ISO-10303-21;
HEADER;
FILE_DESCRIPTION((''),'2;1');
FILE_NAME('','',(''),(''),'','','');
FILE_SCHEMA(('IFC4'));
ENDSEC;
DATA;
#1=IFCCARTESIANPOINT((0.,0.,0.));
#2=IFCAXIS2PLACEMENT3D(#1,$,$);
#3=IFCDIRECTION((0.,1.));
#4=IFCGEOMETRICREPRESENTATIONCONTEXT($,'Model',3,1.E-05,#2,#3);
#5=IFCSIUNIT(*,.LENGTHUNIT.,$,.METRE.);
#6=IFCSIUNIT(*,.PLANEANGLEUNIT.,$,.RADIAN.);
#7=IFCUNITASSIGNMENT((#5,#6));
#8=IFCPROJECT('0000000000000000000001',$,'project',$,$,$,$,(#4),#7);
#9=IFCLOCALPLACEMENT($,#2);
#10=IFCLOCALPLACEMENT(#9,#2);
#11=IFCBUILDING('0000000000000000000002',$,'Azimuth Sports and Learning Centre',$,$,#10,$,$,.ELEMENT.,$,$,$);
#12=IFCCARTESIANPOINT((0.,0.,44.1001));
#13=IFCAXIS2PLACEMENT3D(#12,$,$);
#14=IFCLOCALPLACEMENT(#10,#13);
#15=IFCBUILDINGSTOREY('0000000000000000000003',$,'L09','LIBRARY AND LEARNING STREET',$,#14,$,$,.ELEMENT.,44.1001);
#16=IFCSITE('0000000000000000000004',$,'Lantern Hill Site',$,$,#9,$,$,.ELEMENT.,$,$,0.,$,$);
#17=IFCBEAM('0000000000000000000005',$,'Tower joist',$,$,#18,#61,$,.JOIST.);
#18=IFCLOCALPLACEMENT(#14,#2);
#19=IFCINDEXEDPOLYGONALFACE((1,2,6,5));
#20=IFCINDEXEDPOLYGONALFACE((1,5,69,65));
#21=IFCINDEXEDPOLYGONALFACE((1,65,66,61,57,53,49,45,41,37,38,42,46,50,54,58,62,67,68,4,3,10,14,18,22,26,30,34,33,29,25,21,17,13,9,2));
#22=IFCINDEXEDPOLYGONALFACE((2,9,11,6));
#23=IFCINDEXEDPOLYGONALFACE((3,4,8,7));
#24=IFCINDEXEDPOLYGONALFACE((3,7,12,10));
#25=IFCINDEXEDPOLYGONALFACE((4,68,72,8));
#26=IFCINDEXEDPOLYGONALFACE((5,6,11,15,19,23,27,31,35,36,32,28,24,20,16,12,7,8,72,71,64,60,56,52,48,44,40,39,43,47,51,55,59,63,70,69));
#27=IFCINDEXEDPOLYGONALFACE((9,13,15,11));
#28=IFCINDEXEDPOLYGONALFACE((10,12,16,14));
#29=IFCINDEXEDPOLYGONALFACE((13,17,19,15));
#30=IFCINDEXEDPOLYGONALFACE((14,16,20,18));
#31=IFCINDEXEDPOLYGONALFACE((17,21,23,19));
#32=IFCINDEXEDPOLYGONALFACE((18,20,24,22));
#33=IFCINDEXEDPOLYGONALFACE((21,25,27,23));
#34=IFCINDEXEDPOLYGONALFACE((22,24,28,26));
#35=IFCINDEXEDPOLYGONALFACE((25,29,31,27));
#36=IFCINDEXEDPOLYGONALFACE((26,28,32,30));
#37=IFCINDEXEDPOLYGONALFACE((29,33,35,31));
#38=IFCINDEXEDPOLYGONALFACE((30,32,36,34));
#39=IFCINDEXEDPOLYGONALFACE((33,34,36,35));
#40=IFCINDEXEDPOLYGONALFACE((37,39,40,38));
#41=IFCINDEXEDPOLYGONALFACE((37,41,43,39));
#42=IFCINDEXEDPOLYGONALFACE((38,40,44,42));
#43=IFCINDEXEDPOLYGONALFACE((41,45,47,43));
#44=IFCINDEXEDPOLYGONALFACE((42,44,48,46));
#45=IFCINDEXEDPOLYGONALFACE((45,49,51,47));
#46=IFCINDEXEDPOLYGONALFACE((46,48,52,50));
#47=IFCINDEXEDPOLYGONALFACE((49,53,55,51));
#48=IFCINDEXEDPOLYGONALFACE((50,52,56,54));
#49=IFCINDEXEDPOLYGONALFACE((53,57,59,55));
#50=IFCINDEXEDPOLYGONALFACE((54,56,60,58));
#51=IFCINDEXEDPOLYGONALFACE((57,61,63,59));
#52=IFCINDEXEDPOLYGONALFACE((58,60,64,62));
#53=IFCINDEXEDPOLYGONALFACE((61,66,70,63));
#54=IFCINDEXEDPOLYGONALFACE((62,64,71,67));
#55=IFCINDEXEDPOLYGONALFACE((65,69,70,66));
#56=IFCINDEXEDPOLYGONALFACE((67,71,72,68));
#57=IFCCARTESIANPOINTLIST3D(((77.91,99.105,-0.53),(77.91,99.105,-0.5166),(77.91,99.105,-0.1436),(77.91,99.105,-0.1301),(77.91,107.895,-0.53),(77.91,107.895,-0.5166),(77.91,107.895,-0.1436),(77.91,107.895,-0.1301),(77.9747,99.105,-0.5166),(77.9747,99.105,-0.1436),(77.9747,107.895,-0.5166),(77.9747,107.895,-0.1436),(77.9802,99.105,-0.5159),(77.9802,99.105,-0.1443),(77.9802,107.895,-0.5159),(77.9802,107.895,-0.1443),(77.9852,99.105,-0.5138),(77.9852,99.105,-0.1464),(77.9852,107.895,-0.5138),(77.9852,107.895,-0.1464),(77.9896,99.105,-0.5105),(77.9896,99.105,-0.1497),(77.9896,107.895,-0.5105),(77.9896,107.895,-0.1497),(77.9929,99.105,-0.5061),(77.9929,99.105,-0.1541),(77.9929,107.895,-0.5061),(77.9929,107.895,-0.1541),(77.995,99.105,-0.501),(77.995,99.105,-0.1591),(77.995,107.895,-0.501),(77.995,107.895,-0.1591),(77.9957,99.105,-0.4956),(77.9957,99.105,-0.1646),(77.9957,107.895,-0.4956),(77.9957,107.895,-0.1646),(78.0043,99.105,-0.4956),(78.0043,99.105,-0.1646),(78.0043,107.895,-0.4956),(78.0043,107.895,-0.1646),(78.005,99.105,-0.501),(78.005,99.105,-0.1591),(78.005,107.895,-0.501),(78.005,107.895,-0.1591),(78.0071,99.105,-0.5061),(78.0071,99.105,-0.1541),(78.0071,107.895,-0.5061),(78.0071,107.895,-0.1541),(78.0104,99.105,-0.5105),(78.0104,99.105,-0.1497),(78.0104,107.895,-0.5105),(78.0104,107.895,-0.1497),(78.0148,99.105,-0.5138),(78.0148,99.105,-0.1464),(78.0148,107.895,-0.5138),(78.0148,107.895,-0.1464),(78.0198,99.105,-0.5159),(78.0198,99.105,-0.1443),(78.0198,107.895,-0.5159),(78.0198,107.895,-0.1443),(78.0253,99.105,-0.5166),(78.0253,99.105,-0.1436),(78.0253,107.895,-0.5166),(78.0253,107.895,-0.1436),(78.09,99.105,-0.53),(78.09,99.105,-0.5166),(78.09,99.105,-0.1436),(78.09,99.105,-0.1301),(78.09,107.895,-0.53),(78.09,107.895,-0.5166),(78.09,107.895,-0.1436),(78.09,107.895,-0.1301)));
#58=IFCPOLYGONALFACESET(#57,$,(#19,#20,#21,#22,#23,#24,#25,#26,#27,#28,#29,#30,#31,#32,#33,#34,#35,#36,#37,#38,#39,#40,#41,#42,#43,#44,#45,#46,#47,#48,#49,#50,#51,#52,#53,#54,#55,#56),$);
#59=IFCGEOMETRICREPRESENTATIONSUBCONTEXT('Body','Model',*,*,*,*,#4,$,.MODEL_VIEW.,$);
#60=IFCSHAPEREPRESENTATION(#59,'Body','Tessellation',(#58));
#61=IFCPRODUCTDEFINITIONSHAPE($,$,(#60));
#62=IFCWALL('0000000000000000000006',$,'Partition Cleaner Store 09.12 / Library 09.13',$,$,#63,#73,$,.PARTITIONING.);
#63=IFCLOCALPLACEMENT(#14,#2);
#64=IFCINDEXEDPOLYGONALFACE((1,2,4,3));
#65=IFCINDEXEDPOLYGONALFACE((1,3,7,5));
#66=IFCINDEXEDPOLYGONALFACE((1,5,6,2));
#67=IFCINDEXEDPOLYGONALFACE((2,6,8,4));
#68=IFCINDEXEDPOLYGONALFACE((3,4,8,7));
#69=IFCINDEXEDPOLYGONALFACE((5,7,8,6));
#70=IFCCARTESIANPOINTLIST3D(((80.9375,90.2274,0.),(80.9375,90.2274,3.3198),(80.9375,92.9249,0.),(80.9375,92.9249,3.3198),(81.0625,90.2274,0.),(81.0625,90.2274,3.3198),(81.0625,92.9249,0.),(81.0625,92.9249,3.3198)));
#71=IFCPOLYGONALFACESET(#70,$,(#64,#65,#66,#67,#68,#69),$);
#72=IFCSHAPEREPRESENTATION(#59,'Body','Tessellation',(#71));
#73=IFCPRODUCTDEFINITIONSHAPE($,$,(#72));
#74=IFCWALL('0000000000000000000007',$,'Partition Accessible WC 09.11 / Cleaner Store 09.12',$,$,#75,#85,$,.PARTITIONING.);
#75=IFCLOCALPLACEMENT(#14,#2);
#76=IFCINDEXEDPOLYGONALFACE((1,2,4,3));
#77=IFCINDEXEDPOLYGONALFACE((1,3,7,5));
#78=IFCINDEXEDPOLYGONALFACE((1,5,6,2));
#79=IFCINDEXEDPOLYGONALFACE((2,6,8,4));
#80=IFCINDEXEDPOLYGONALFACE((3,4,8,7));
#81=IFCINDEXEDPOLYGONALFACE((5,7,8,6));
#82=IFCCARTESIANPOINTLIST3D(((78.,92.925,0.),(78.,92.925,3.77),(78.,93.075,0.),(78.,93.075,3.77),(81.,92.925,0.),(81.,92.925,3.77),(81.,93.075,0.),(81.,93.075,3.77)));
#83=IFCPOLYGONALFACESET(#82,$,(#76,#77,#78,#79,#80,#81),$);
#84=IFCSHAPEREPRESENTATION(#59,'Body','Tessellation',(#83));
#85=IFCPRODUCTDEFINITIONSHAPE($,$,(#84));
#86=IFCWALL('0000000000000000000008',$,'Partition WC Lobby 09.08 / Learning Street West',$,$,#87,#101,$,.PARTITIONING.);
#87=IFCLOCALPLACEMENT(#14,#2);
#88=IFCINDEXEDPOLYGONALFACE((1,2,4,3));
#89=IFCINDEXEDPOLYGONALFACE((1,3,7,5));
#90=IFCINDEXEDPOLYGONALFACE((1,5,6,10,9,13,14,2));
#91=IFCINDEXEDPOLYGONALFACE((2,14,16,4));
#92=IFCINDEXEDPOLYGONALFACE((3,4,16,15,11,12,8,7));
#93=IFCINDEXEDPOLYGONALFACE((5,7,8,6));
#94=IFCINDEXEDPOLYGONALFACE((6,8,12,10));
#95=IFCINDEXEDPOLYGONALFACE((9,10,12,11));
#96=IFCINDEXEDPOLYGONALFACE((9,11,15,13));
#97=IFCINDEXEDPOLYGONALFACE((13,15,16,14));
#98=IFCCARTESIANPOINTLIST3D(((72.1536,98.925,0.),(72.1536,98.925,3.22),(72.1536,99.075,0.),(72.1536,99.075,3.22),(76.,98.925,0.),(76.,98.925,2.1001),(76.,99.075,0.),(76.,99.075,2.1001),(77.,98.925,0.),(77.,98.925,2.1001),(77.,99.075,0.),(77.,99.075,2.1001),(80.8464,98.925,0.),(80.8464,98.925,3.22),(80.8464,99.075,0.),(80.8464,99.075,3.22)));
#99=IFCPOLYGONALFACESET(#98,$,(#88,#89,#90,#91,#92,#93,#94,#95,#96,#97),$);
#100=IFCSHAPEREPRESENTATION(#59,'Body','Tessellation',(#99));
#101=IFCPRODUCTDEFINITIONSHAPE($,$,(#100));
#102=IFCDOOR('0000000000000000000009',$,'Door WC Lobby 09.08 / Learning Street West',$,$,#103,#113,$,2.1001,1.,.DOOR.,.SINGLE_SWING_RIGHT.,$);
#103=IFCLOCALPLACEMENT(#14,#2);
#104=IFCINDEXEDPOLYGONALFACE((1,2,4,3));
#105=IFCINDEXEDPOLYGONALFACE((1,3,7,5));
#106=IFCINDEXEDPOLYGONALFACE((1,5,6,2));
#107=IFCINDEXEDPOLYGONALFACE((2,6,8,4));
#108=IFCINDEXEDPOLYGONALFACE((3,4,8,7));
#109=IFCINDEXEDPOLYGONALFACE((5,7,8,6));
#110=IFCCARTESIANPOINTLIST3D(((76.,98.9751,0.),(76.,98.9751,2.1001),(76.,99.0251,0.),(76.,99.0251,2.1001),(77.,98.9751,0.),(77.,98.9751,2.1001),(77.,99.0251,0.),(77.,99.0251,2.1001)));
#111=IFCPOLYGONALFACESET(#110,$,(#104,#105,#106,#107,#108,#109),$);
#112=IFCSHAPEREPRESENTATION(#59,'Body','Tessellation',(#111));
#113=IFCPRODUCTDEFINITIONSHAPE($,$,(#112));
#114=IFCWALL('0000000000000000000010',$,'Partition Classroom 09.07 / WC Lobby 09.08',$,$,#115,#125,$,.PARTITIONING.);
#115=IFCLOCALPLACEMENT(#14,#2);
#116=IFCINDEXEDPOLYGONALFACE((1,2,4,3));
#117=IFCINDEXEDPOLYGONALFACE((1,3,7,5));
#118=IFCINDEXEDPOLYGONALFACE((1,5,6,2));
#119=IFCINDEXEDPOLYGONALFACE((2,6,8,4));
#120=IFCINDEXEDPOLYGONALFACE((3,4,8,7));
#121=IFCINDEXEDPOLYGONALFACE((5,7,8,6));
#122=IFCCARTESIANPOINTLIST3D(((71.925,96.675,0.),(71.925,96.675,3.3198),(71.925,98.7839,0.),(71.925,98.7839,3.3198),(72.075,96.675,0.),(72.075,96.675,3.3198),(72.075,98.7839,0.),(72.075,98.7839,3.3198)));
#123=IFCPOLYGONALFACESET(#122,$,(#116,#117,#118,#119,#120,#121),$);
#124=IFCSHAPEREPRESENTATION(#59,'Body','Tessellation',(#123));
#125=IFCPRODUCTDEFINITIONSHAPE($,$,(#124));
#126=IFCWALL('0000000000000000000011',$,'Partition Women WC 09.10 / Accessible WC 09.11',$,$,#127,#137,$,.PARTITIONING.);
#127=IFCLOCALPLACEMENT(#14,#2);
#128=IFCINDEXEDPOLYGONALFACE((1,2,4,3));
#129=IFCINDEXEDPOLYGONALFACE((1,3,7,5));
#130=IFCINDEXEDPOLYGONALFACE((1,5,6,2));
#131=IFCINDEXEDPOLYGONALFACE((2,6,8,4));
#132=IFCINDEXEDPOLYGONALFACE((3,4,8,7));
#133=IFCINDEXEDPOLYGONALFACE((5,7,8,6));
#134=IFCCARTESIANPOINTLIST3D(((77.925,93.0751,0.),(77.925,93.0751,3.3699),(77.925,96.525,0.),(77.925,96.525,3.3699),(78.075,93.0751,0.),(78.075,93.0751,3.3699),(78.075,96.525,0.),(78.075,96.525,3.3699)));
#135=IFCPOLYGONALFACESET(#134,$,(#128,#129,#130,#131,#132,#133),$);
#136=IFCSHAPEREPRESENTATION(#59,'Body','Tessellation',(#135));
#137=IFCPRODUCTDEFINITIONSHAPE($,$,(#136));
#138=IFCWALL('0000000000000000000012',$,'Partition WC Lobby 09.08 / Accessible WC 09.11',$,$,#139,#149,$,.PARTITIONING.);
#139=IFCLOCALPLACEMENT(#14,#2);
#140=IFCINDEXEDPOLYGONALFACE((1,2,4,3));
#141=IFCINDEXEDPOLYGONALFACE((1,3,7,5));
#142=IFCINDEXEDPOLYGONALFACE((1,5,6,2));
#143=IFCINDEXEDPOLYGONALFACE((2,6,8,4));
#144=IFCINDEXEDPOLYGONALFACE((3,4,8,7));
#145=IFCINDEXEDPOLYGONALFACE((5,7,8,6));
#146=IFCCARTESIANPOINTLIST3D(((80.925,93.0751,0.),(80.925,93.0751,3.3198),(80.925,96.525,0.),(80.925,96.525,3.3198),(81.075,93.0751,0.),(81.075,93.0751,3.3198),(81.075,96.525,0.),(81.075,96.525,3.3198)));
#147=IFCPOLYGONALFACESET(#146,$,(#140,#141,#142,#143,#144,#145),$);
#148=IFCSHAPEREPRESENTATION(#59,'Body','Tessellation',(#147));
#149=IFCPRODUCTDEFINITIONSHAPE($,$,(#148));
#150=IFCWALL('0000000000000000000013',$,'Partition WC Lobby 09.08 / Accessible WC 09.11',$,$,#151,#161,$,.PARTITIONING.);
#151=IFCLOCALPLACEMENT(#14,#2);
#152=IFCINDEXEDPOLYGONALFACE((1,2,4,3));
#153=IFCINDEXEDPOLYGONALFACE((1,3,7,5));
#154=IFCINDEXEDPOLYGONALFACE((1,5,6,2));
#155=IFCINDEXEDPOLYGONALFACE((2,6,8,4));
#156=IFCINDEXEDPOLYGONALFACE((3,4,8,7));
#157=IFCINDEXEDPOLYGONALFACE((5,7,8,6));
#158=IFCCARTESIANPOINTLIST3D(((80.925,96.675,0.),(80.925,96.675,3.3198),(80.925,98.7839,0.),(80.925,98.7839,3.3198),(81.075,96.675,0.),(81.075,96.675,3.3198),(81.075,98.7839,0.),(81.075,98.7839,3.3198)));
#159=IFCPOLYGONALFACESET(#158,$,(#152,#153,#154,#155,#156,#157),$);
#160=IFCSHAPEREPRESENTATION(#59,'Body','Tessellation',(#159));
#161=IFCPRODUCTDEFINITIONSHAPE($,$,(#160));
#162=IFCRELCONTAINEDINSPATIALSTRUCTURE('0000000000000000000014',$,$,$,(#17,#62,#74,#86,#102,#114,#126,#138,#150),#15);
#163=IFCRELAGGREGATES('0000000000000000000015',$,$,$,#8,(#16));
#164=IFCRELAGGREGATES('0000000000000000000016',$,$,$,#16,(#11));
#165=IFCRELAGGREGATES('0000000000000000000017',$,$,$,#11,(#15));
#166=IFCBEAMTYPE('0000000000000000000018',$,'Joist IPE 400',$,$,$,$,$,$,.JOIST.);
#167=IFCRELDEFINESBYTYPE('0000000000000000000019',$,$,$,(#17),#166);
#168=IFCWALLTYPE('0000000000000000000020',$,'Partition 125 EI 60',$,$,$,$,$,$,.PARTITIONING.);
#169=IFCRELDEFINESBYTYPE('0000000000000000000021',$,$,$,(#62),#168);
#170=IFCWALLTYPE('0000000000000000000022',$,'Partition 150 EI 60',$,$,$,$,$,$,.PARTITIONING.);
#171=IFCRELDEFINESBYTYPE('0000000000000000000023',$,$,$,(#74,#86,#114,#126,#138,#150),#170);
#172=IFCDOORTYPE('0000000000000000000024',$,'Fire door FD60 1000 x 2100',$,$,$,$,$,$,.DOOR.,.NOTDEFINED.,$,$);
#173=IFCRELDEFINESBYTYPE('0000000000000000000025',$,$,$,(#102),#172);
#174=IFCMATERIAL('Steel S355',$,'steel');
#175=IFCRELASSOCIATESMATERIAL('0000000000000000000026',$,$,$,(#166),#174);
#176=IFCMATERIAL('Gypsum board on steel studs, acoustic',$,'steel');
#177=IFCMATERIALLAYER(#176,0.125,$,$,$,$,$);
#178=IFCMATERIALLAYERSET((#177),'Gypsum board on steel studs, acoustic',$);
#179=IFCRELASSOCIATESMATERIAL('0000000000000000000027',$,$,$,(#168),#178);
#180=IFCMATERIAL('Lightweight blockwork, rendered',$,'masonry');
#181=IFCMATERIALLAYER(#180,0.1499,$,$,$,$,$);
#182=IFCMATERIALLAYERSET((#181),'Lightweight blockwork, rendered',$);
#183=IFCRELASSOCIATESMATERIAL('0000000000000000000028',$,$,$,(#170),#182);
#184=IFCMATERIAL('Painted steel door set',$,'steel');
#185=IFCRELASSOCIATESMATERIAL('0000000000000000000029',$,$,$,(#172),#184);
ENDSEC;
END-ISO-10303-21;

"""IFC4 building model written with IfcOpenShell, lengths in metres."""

from ifc_helpers import new_model, si_unit, direction, frame, frame_2d, origin, origin_2d, place, context, subcontext, project, spatial, rectangle, i_section, extrude, material, layer, layer_set, material_profile, profile_set, type_object, element, fill, save


model = new_model("IFC4")

# Units and contexts
model_context = context("Model", 3, precision=1e-05, world=origin(), true_north=direction((0.0, 1.0)))
body_context = subcontext(model_context, "Body", "Model", "MODEL_VIEW")
ifc_project = project(units=[si_unit("LENGTHUNIT", "METRE"), si_unit("PLANEANGLEUNIT", "RADIAN")], contexts=[model_context])

# Site, building, storey
site_placement = place(None, origin())
site = spatial("IfcSite", under=ifc_project, at=site_placement, Name="Lantern Hill Site", CompositionType="ELEMENT", RefElevation=0.0)
building_placement = place(site_placement, origin())
building = spatial("IfcBuilding", under=site, at=building_placement, Name="Azimuth Sports and Learning Centre", CompositionType="ELEMENT")
storey_placement = place(building_placement, frame((0.0, 0.0, 44.1001)))
storey = spatial("IfcBuildingStorey", under=building, at=storey_placement, Name="L09", Description="LIBRARY AND LEARNING STREET", CompositionType="ELEMENT", Elevation=44.1001)

# Beam
ifc_material_1 = material(Name="Steel S355", Category="steel")
ifc_material_profile_1 = material_profile(ifc_material_1, i_section(OverallWidth=0.1799, OverallDepth=0.3999, WebThickness=0.0085, FlangeThickness=0.0134, FilletRadius=0.021, at=origin_2d()), Name="IPE 400")
ifc_profile_set_1 = profile_set([ifc_material_profile_1], Name="Steel S355")
beam_type_1 = type_object("IfcBeamType", Name="Joist IPE 400", PredefinedType="JOIST", material=ifc_profile_set_1)
for number, where, z_axis, x_axis, name in (
    (1, (78.0, 99.105, -0.3301), (0.0, 1.0, 0.0), (-1.0, 0.0, 0.0), "Tower joist"),
):
    element("IfcBeam", number, at=place(storey_placement, frame(where, z_axis=z_axis, x_axis=x_axis)), inside=storey, type_object=beam_type_1, Name=name, PredefinedType="JOIST", context=body_context, shape_type="SweptSolid", body=[
        extrude(i_section(OverallWidth=0.1799, OverallDepth=0.3999, WebThickness=0.0085, FlangeThickness=0.0134, FilletRadius=0.021, at=origin_2d()), origin(), (0.0, 0.0, 1.0), 8.79),
    ])

# Walls
ifc_material_2 = material(Name="Gypsum board on steel studs, acoustic", Category="steel")
ifc_layer_1 = layer(ifc_material_2, 0.125)
ifc_layer_set_1 = layer_set([ifc_layer_1], Name="Gypsum board on steel studs, acoustic")
wall_type_1 = type_object("IfcWallType", Name="Partition 125 EI 60", PredefinedType="PARTITIONING", material=ifc_layer_set_1)
wall_1_placement = place(storey_placement, frame((81.0, 90.2275, 0.0), z_axis=(0.0, 0.0, 1.0), x_axis=(0.0, 1.0, 0.0)))
element("IfcWall", 2, at=wall_1_placement, inside=storey, type_object=wall_type_1, Name="Partition Cleaner Store 09.12 / Library 09.13", PredefinedType="PARTITIONING", context=body_context, shape_type="SweptSolid", body=[
    extrude(rectangle(XDim=2.6975, YDim=0.125, at=frame_2d((1.3486, 0.0))), origin(), (0.0, 0.0, 1.0), 3.3198),
])
ifc_material_3 = material(Name="Lightweight blockwork, rendered", Category="masonry")
ifc_layer_2 = layer(ifc_material_3, 0.1499)
ifc_layer_set_2 = layer_set([ifc_layer_2], Name="Lightweight blockwork, rendered")
wall_type_2 = type_object("IfcWallType", Name="Partition 150 EI 60", PredefinedType="PARTITIONING", material=ifc_layer_set_2)
wall_2_placement = place(storey_placement, frame((78.0, 93.0, 0.0), z_axis=(0.0, 0.0, 1.0), x_axis=(1.0, 0.0, 0.0)))
element("IfcWall", 3, at=wall_2_placement, inside=storey, type_object=wall_type_2, Name="Partition Accessible WC 09.11 / Cleaner Store 09.12", PredefinedType="PARTITIONING", context=body_context, shape_type="SweptSolid", body=[
    extrude(rectangle(XDim=3.0, YDim=0.1499, at=frame_2d((1.5, 0.0))), origin(), (0.0, 0.0, 1.0), 3.77),
])

# Wall, opening, door
wall_3_placement = place(storey_placement, frame((72.1536, 99.0, 0.0), z_axis=(0.0, 0.0, 1.0), x_axis=(1.0, 0.0, 0.0)))
wall_3 = element("IfcWall", 4, at=wall_3_placement, inside=storey, type_object=wall_type_2, Name="Partition WC Lobby 09.08 / Learning Street West", PredefinedType="PARTITIONING", context=body_context, shape_type="SweptSolid", body=[
    extrude(rectangle(XDim=8.6929, YDim=0.1499, at=frame_2d((4.3464, 0.0))), origin(), (0.0, 0.0, 1.0), 3.22),
])
opening_placement = place(wall_3_placement, frame((3.8464, 0.0, 0.0)))
opening = element("IfcOpeningElement", 5, at=opening_placement, cuts=wall_3, PredefinedType="OPENING", context=body_context, shape_type="SweptSolid", body=[
    extrude(rectangle(XDim=1.0, YDim=2.1001, at=frame_2d((0.5, 1.05))), frame((0.0, 0.0859, 0.0), z_axis=(0.0, -1.0, 0.0), x_axis=(1.0, 0.0, 0.0)), (0.0, 0.0, 1.0), 0.1719),
])
ifc_material_4 = material(Name="Painted steel door set", Category="steel")
door_type = type_object("IfcDoorType", Name="Fire door FD60 1000 x 2100", OperationType="NOTDEFINED", PredefinedType="DOOR", material=ifc_material_4)
door_placement = place(opening_placement, frame((1.0, 0.0, 0.0), z_axis=(0.0, 0.0, 1.0), x_axis=(-1.0, 0.0, 0.0)))
door = element("IfcDoor", 6, at=door_placement, inside=storey, type_object=door_type, Name="Door WC Lobby 09.08 / Learning Street West", OperationType="SINGLE_SWING_RIGHT", OverallHeight=2.1001, OverallWidth=1.0, PredefinedType="DOOR", context=body_context, shape_type="SweptSolid", body=[
    extrude(rectangle(XDim=1.0, YDim=2.1001, at=frame_2d((0.5, 1.05))), frame((0.0, 0.0249, 0.0), z_axis=(0.0, -1.0, 0.0), x_axis=(1.0, 0.0, 0.0)), (0.0, 0.0, 1.0), 0.05),
])
fill(opening, door)

# Walls
wall_4_placement = place(storey_placement, frame((72.0, 96.675, 0.0), z_axis=(0.0, 0.0, 1.0), x_axis=(0.0, 1.0, 0.0)))
element("IfcWall", 7, at=wall_4_placement, inside=storey, type_object=wall_type_2, Name="Partition Classroom 09.07 / WC Lobby 09.08", PredefinedType="PARTITIONING", context=body_context, shape_type="SweptSolid", body=[
    extrude(rectangle(XDim=2.1089, YDim=0.1499, at=frame_2d((1.0544, 0.0))), origin(), (0.0, 0.0, 1.0), 3.3198),
])
wall_5_placement = place(storey_placement, frame((78.0, 93.075, 0.0), z_axis=(0.0, 0.0, 1.0), x_axis=(0.0, 1.0, 0.0)))
element("IfcWall", 8, at=wall_5_placement, inside=storey, type_object=wall_type_2, Name="Partition Women WC 09.10 / Accessible WC 09.11", PredefinedType="PARTITIONING", context=body_context, shape_type="SweptSolid", body=[
    extrude(rectangle(XDim=3.45, YDim=0.1499, at=frame_2d((1.7251, 0.0))), origin(), (0.0, 0.0, 1.0), 3.3699),
])
wall_6_placement = place(storey_placement, frame((81.0, 93.075, 0.0), z_axis=(0.0, 0.0, 1.0), x_axis=(0.0, 1.0, 0.0)))
element("IfcWall", 9, at=wall_6_placement, inside=storey, type_object=wall_type_2, Name="Partition WC Lobby 09.08 / Accessible WC 09.11", PredefinedType="PARTITIONING", context=body_context, shape_type="SweptSolid", body=[
    extrude(rectangle(XDim=3.45, YDim=0.1499, at=frame_2d((1.7251, 0.0))), origin(), (0.0, 0.0, 1.0), 3.3198),
])
wall_7_placement = place(storey_placement, frame((81.0, 96.675, 0.0), z_axis=(0.0, 0.0, 1.0), x_axis=(0.0, 1.0, 0.0)))
element("IfcWall", 10, at=wall_7_placement, inside=storey, type_object=wall_type_2, Name="Partition WC Lobby 09.08 / Accessible WC 09.11", PredefinedType="PARTITIONING", context=body_context, shape_type="SweptSolid", body=[
    extrude(rectangle(XDim=2.1089, YDim=0.1499, at=frame_2d((1.0544, 0.0))), origin(), (0.0, 0.0, 1.0), 3.3198),
])

save(model, "model.ifc")
